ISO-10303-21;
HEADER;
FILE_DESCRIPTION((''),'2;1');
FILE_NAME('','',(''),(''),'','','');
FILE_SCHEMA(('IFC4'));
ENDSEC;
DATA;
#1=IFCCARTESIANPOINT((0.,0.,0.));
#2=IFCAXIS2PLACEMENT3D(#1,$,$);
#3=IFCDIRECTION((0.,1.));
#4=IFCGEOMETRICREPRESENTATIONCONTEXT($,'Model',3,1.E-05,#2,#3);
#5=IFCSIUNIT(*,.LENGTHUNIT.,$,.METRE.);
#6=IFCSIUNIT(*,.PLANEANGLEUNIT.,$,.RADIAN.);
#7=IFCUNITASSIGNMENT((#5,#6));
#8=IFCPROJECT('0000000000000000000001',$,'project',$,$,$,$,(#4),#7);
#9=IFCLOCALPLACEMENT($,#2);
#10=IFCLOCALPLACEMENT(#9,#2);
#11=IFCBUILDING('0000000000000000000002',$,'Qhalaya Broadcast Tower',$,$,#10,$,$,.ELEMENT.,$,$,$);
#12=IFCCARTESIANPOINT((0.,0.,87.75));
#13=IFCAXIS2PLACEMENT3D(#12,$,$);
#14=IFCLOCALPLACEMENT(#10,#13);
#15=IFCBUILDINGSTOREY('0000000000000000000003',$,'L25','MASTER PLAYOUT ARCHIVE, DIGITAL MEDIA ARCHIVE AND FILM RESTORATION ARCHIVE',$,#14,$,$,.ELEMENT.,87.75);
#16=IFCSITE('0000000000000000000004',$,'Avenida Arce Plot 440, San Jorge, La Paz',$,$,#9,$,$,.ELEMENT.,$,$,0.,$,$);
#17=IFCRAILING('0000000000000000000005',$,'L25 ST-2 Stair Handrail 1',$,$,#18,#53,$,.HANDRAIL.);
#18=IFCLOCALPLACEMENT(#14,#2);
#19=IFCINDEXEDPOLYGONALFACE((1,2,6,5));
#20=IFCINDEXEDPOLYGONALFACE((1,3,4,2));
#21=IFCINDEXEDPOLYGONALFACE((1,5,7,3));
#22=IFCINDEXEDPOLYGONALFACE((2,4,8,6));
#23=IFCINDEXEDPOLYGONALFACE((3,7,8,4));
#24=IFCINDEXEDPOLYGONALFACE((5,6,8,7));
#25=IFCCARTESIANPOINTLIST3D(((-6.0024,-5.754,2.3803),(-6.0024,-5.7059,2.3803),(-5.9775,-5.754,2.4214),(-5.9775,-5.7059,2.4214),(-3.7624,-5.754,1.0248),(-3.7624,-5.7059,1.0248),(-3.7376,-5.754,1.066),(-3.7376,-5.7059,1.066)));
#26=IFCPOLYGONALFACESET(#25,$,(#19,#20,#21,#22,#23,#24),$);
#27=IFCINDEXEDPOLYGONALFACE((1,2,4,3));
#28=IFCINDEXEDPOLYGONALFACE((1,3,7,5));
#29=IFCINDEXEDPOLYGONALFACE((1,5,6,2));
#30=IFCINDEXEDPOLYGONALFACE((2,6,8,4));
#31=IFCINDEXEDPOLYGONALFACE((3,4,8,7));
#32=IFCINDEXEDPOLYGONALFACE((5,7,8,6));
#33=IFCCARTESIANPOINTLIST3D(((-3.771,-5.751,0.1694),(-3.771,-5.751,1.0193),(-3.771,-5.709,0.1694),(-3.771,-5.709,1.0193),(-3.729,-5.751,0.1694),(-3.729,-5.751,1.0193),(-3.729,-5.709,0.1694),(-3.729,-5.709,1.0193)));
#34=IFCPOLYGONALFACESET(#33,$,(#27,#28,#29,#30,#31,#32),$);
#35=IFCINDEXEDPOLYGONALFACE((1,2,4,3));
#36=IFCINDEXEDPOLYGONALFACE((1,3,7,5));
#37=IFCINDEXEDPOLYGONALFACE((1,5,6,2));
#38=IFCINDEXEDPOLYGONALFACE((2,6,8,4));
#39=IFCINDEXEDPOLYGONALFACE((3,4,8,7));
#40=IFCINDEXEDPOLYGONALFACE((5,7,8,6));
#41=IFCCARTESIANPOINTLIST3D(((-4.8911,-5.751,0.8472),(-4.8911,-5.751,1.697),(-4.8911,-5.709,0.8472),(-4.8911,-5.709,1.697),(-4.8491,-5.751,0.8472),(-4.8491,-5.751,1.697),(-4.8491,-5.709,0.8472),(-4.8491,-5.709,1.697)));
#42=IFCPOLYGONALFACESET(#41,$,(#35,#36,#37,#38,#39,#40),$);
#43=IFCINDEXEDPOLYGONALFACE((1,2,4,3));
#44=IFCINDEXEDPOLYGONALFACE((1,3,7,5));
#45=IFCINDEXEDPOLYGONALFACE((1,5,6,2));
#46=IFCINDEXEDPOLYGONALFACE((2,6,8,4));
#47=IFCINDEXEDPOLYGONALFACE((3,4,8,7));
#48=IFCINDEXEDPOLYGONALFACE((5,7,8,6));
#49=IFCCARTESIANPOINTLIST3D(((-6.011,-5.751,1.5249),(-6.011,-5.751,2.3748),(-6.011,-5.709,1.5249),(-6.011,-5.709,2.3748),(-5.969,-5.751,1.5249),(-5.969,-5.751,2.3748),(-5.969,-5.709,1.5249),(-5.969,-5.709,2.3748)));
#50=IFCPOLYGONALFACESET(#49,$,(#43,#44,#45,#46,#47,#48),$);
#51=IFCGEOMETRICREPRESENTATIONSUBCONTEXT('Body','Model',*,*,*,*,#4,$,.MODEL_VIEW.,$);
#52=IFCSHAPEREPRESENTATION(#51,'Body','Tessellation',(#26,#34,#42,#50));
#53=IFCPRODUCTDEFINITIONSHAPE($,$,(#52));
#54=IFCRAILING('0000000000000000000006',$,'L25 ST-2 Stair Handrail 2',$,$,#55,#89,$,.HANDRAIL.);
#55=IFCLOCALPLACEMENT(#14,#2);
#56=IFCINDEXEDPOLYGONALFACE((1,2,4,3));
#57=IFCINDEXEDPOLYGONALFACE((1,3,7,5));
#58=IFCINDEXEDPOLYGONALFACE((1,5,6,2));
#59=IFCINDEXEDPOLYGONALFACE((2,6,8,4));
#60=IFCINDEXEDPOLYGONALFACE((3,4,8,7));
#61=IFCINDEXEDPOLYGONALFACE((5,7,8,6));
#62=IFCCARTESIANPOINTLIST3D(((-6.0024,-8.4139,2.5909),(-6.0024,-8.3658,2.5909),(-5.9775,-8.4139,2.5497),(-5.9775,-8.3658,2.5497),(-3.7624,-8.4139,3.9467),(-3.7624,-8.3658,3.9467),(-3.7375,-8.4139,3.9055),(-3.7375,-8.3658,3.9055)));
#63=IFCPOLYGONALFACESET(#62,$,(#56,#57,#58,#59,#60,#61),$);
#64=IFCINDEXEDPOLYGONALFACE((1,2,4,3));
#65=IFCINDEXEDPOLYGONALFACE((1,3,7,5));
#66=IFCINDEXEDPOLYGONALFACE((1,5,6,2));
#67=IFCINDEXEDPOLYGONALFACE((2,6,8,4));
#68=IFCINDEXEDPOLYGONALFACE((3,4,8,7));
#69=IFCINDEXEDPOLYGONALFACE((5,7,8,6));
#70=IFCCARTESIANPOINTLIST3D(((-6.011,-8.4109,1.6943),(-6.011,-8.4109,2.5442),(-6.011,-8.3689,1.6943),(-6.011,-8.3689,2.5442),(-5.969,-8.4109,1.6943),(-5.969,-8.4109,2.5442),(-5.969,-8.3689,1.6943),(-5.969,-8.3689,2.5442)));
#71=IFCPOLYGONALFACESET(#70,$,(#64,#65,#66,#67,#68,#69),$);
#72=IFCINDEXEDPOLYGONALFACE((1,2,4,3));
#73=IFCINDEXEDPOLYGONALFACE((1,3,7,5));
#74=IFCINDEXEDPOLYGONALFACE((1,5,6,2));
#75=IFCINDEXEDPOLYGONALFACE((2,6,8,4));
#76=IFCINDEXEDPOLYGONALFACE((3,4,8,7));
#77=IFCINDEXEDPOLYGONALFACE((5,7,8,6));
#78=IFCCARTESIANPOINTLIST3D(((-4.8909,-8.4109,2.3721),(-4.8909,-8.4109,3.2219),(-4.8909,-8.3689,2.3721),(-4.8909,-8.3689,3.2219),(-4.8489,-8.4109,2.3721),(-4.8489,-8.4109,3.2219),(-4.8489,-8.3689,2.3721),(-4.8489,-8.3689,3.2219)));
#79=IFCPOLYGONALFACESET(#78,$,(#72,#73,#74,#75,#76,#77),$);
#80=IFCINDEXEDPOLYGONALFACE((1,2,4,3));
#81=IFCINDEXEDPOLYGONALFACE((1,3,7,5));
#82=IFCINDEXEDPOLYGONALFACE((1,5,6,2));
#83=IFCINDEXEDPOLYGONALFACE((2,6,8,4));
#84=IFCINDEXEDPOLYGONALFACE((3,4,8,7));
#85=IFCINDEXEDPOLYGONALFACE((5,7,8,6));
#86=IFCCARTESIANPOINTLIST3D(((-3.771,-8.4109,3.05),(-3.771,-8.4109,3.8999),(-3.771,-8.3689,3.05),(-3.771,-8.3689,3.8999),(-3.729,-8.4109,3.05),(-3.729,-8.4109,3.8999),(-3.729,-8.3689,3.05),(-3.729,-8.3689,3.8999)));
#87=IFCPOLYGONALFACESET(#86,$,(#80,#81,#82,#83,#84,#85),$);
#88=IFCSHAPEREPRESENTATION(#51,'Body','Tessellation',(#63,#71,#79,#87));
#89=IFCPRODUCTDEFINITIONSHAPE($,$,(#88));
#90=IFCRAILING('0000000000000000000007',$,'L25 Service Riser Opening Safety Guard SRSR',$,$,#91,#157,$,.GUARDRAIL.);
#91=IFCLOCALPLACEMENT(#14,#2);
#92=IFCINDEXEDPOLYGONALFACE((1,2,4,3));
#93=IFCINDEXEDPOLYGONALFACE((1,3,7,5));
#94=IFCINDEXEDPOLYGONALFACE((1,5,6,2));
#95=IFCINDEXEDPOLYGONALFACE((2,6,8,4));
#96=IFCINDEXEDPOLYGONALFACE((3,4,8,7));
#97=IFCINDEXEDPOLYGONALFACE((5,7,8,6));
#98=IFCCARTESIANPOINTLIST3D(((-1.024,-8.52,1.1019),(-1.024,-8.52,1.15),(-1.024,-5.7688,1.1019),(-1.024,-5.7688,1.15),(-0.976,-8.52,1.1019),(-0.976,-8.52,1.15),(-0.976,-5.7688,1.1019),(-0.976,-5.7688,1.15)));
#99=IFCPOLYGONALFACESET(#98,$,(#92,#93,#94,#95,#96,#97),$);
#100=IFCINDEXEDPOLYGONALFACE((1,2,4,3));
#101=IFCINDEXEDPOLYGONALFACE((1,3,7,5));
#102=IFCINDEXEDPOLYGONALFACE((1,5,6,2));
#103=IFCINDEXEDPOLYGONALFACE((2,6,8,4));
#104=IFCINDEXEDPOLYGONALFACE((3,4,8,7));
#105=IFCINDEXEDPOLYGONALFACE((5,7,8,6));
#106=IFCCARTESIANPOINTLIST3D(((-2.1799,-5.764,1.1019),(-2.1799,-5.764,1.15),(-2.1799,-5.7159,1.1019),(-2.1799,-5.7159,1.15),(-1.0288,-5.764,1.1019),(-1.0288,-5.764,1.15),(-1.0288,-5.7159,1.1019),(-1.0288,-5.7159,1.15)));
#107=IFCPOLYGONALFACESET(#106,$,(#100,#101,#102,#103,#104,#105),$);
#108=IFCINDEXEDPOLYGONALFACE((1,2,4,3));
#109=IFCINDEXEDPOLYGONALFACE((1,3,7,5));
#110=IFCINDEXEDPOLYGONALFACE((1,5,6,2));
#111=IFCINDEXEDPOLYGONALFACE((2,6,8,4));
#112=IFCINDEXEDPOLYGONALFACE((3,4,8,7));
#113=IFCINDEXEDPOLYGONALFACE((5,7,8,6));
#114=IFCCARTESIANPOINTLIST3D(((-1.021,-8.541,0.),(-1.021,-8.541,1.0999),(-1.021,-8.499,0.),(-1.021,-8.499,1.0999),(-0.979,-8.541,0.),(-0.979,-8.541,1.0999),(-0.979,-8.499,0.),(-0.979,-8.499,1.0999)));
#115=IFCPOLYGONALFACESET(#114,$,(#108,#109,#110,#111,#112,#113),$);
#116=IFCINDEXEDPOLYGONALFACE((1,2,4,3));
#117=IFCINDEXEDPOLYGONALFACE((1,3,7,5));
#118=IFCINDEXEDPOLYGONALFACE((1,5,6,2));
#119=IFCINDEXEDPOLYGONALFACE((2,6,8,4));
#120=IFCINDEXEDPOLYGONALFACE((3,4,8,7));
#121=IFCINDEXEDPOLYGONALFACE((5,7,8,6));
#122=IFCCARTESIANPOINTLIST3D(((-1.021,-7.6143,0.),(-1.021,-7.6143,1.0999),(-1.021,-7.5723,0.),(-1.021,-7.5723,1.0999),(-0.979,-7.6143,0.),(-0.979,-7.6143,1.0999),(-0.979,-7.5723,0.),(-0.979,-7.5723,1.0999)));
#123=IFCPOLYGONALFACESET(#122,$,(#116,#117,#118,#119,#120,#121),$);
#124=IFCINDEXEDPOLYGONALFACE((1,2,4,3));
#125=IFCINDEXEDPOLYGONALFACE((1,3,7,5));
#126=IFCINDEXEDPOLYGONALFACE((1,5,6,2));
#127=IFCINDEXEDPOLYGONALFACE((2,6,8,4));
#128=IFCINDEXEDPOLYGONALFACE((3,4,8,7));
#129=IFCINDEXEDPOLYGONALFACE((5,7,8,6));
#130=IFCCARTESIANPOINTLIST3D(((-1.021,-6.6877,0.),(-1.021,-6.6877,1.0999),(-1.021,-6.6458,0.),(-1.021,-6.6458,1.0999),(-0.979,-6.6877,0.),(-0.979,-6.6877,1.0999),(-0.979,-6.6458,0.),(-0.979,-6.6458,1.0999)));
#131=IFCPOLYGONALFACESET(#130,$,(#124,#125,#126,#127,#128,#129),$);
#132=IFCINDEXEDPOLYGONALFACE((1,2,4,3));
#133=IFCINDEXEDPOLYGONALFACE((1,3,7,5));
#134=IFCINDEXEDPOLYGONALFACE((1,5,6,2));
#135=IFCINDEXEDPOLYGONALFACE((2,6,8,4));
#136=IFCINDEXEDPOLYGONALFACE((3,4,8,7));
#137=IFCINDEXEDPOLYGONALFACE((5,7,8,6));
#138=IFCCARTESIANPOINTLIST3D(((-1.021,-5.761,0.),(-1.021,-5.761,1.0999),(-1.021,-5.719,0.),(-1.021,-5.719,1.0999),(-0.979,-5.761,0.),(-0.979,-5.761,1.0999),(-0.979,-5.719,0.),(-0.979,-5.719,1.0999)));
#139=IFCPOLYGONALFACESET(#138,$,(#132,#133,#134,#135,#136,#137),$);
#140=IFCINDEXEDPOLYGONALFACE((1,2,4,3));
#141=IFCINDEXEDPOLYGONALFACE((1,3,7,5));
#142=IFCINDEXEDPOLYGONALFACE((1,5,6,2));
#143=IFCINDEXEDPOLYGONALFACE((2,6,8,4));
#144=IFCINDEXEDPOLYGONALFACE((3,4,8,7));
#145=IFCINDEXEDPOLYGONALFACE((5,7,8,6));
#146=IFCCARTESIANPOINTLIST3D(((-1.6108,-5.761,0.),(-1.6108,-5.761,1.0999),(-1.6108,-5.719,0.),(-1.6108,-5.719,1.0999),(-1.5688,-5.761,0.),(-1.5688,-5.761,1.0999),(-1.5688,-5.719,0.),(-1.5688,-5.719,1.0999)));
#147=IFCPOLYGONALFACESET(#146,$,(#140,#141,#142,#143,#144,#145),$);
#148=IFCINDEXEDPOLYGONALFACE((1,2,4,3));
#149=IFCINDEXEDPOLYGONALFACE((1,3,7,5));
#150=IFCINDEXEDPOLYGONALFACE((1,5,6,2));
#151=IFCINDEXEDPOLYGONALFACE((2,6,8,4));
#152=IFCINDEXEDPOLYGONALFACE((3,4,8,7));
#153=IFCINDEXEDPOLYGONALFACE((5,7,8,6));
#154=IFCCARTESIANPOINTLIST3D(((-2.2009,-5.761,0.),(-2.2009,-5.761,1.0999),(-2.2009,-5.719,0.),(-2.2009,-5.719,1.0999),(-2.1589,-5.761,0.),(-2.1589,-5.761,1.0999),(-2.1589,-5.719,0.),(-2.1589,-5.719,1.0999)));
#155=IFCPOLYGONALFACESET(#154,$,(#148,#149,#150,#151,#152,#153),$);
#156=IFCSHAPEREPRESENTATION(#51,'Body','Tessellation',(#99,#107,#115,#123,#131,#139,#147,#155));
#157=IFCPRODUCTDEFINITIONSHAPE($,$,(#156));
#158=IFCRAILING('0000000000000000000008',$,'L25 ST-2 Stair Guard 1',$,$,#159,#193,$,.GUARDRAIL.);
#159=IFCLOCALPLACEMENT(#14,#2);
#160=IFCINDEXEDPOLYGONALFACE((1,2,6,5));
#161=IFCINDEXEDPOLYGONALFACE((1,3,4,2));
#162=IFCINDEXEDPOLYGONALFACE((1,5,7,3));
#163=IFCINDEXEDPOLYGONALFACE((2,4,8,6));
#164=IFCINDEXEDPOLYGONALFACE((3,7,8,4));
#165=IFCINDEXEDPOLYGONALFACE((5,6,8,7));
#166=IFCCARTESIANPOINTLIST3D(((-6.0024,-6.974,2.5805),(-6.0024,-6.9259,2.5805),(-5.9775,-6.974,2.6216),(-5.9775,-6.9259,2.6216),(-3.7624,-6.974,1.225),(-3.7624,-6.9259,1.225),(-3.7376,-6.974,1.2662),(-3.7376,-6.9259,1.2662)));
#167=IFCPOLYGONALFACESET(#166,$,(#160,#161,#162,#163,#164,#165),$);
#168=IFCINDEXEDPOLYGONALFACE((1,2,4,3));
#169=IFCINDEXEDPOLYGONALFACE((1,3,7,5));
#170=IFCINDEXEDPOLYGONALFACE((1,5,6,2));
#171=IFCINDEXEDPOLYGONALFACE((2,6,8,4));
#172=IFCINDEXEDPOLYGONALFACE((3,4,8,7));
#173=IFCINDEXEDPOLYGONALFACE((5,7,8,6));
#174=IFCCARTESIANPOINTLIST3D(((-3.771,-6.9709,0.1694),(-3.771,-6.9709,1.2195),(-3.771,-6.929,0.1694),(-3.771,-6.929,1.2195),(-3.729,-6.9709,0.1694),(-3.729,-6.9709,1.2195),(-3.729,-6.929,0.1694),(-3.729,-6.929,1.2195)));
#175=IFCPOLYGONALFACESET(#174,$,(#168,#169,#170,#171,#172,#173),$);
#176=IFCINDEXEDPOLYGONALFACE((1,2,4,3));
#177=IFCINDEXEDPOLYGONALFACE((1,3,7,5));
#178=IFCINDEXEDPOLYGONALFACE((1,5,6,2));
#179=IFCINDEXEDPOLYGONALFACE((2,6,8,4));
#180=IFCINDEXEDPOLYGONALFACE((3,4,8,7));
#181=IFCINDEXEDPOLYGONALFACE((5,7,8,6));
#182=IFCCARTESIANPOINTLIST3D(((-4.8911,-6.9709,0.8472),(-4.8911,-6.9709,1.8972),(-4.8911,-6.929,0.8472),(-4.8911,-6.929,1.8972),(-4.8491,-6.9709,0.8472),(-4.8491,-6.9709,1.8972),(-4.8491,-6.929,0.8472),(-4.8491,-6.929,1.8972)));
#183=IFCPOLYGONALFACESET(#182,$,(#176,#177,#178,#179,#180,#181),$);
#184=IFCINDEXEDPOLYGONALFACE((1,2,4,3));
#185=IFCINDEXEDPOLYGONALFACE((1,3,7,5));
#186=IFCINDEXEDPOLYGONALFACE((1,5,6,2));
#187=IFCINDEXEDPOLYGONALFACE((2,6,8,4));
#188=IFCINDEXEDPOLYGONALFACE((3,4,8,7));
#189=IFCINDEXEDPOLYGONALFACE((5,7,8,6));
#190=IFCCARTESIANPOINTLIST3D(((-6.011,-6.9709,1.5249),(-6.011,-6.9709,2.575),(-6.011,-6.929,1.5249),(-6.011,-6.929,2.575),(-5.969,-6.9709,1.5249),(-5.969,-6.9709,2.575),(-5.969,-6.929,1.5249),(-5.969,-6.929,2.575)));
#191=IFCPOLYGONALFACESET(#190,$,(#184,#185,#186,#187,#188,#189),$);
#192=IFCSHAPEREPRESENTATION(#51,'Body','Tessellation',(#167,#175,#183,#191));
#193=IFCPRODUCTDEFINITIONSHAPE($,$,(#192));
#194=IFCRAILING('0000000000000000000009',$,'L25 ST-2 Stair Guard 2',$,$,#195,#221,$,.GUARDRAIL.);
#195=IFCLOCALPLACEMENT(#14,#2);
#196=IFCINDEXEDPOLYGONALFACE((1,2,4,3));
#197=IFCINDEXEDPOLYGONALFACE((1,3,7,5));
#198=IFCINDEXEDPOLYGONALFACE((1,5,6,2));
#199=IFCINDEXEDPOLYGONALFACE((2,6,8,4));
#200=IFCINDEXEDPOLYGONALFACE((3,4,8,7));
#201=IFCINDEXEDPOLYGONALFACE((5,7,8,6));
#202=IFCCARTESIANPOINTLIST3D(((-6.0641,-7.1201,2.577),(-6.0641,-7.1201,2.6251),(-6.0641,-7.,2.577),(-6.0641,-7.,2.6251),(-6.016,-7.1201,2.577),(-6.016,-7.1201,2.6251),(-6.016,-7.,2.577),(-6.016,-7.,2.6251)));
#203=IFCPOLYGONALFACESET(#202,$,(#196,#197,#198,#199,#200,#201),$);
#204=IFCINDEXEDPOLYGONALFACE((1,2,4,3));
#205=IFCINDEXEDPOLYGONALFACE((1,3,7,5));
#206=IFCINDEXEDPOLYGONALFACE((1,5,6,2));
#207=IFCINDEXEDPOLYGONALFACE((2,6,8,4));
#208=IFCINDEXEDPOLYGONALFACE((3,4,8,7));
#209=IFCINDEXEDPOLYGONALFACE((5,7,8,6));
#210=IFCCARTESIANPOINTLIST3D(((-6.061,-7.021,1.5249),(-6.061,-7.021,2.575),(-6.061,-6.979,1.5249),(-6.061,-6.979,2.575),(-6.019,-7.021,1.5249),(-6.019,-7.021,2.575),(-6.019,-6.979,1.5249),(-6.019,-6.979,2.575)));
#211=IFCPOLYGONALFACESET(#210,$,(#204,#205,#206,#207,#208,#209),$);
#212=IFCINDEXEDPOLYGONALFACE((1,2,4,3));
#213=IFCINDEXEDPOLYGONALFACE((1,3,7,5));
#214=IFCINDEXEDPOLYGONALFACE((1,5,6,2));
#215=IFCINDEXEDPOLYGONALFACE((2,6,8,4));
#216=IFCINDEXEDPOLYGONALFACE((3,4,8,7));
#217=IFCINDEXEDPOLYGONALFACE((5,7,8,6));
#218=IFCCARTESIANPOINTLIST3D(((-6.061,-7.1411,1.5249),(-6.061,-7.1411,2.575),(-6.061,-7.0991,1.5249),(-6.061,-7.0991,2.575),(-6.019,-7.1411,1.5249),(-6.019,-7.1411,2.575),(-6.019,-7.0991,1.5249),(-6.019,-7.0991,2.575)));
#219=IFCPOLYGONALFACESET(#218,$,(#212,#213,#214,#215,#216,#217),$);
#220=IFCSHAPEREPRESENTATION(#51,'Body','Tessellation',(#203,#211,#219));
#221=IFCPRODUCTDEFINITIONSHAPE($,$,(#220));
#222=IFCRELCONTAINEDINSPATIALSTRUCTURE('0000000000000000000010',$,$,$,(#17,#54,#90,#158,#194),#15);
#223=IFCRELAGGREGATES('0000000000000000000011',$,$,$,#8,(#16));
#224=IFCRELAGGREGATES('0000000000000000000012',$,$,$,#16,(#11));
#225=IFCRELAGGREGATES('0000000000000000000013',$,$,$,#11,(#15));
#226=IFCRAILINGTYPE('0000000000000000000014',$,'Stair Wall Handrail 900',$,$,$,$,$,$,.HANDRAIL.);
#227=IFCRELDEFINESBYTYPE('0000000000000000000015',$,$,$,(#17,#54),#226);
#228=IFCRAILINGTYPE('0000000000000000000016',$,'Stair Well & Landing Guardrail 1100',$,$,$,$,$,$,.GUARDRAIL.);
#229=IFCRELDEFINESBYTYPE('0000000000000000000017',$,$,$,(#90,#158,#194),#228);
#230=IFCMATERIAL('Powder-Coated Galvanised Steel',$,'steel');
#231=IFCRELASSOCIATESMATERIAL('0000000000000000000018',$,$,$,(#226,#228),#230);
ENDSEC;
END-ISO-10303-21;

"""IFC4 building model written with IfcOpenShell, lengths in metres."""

from ifc_helpers import new_model, si_unit, direction, frame, origin, origin_2d, place, context, subcontext, project, spatial, rectangle, extrude, material, type_object, element, save


model = new_model("IFC4")

# Units and contexts
model_context = context("Model", 3, precision=1e-05, world=origin(), true_north=direction((0.0, 1.0)))
body_context = subcontext(model_context, "Body", "Model", "MODEL_VIEW")
ifc_project = project(units=[si_unit("LENGTHUNIT", "METRE"), si_unit("PLANEANGLEUNIT", "RADIAN")], contexts=[model_context])

# Site, building, storey
site_placement = place(None, origin())
site = spatial("IfcSite", under=ifc_project, at=site_placement, Name="Avenida Arce Plot 440, San Jorge, La Paz", CompositionType="ELEMENT", RefElevation=0.0)
building_placement = place(site_placement, origin())
building = spatial("IfcBuilding", under=site, at=building_placement, Name="Qhalaya Broadcast Tower", CompositionType="ELEMENT")
storey_placement = place(building_placement, frame((0.0, 0.0, 87.75)))
storey = spatial("IfcBuildingStorey", under=building, at=storey_placement, Name="L25", Description="MASTER PLAYOUT ARCHIVE, DIGITAL MEDIA ARCHIVE AND FILM RESTORATION ARCHIVE", CompositionType="ELEMENT", Elevation=87.75)

# Railings
ifc_material_1 = material(Name="Powder-Coated Galvanised Steel", Category="steel")
railing_type_1 = type_object("IfcRailingType", Name="Stair Wall Handrail 900", PredefinedType="HANDRAIL", material=ifc_material_1)
railing_1_placement = place(storey_placement, frame((-3.75, -5.73, 0.1694)))
element("IfcRailing", 1, at=railing_1_placement, inside=storey, type_object=railing_type_1, Name="L25 ST-2 Stair Handrail 1", PredefinedType="HANDRAIL", context=body_context, shape_type="SweptSolid", body=[
    extrude(rectangle(XDim=0.0481, YDim=0.0481, at=origin_2d()), frame((0.0, 0.0, 0.876), z_axis=(-0.855553, 0.0, 0.517715), x_axis=(0.0, -1.0, 0.0)), (0.0, 0.0, 1.0), 2.6182),
    extrude(rectangle(XDim=0.042, YDim=0.042, at=origin_2d()), origin(), (0.0, 0.0, 1.0), 0.8499),
    extrude(rectangle(XDim=0.042, YDim=0.042, at=origin_2d()), frame((-1.1201, 0.0, 0.6777)), (0.0, 0.0, 1.0), 0.8499),
    extrude(rectangle(XDim=0.042, YDim=0.042, at=origin_2d()), frame((-2.24, 0.0, 1.3555)), (0.0, 0.0, 1.0), 0.8499),
])
railing_2_placement = place(storey_placement, frame((-5.99, -8.3899, 1.6943)))
element("IfcRailing", 2, at=railing_2_placement, inside=storey, type_object=railing_type_1, Name="L25 ST-2 Stair Handrail 2", PredefinedType="HANDRAIL", context=body_context, shape_type="SweptSolid", body=[
    extrude(rectangle(XDim=0.0481, YDim=0.0481, at=origin_2d()), frame((0.0, 0.0, 0.876), z_axis=(0.855512, 0.0, 0.517783), x_axis=(0.0, 1.0, 0.0)), (0.0, 0.0, 1.0), 2.6184),
    extrude(rectangle(XDim=0.042, YDim=0.042, at=origin_2d()), origin(), (0.0, 0.0, 1.0), 0.8499),
    extrude(rectangle(XDim=0.042, YDim=0.042, at=origin_2d()), frame((1.1201, 0.0, 0.6777)), (0.0, 0.0, 1.0), 0.8499),
    extrude(rectangle(XDim=0.042, YDim=0.042, at=origin_2d()), frame((2.24, 0.0, 1.3557)), (0.0, 0.0, 1.0), 0.8499),
])
railing_type_2 = type_object("IfcRailingType", Name="Stair Well & Landing Guardrail 1100", PredefinedType="GUARDRAIL", material=ifc_material_1)
railing_3_placement = place(storey_placement, frame((-1.0, -8.52, 0.0)))
element("IfcRailing", 3, at=railing_3_placement, inside=storey, type_object=railing_type_2, Name="L25 Service Riser Opening Safety Guard SRSR", PredefinedType="GUARDRAIL", context=body_context, shape_type="SweptSolid", body=[
    extrude(rectangle(XDim=0.0481, YDim=0.0481, at=origin_2d()), frame((0.0, 0.0, 1.126), z_axis=(0.0, 1.0, 0.0), x_axis=(-1.0, 0.0, 0.0)), (0.0, 0.0, 1.0), 2.7512),
    extrude(rectangle(XDim=0.0481, YDim=0.0481, at=origin_2d()), frame((-0.0288, 2.78, 1.126), z_axis=(-1.0, 0.0, 0.0), x_axis=(0.0, -1.0, 0.0)), (0.0, 0.0, 1.0), 1.1511),
    extrude(rectangle(XDim=0.042, YDim=0.042, at=origin_2d()), origin(), (0.0, 0.0, 1.0), 1.0999),
    extrude(rectangle(XDim=0.042, YDim=0.042, at=origin_2d()), frame((0.0, 0.9268, 0.0)), (0.0, 0.0, 1.0), 1.0999),
    extrude(rectangle(XDim=0.042, YDim=0.042, at=origin_2d()), frame((0.0, 1.8533, 0.0)), (0.0, 0.0, 1.0), 1.0999),
    extrude(rectangle(XDim=0.042, YDim=0.042, at=origin_2d()), frame((0.0, 2.78, 0.0)), (0.0, 0.0, 1.0), 1.0999),
    extrude(rectangle(XDim=0.042, YDim=0.042, at=origin_2d()), frame((-0.5898, 2.78, 0.0)), (0.0, 0.0, 1.0), 1.0999),
    extrude(rectangle(XDim=0.042, YDim=0.042, at=origin_2d()), frame((-1.1799, 2.78, 0.0)), (0.0, 0.0, 1.0), 1.0999),
])
railing_4_placement = place(storey_placement, frame((-3.75, -6.95, 0.1694)))
element("IfcRailing", 4, at=railing_4_placement, inside=storey, type_object=railing_type_2, Name="L25 ST-2 Stair Guard 1", PredefinedType="GUARDRAIL", context=body_context, shape_type="SweptSolid", body=[
    extrude(rectangle(XDim=0.0481, YDim=0.0481, at=origin_2d()), frame((0.0, 0.0, 1.0762), z_axis=(-0.855553, 0.0, 0.517715), x_axis=(0.0, -1.0, 0.0)), (0.0, 0.0, 1.0), 2.6182),
    extrude(rectangle(XDim=0.042, YDim=0.042, at=origin_2d()), origin(), (0.0, 0.0, 1.0), 1.05),
    extrude(rectangle(XDim=0.042, YDim=0.042, at=origin_2d()), frame((-1.1201, 0.0, 0.6777)), (0.0, 0.0, 1.0), 1.05),
    extrude(rectangle(XDim=0.042, YDim=0.042, at=origin_2d()), frame((-2.24, 0.0, 1.3555)), (0.0, 0.0, 1.0), 1.05),
])
railing_5_placement = place(storey_placement, frame((-6.04, -7.0, 1.5249)))
element("IfcRailing", 5, at=railing_5_placement, inside=storey, type_object=railing_type_2, Name="L25 ST-2 Stair Guard 2", PredefinedType="GUARDRAIL", context=body_context, shape_type="SweptSolid", body=[
    extrude(rectangle(XDim=0.0481, YDim=0.0481, at=origin_2d()), frame((0.0, 0.0, 1.0762), z_axis=(0.0, -1.0, 0.0), x_axis=(1.0, 0.0, 0.0)), (0.0, 0.0, 1.0), 0.1201),
    extrude(rectangle(XDim=0.042, YDim=0.042, at=origin_2d()), origin(), (0.0, 0.0, 1.0), 1.05),
    extrude(rectangle(XDim=0.042, YDim=0.042, at=origin_2d()), frame((0.0, -0.1201, 0.0)), (0.0, 0.0, 1.0), 1.05),
])

save(model, "model.ifc")
